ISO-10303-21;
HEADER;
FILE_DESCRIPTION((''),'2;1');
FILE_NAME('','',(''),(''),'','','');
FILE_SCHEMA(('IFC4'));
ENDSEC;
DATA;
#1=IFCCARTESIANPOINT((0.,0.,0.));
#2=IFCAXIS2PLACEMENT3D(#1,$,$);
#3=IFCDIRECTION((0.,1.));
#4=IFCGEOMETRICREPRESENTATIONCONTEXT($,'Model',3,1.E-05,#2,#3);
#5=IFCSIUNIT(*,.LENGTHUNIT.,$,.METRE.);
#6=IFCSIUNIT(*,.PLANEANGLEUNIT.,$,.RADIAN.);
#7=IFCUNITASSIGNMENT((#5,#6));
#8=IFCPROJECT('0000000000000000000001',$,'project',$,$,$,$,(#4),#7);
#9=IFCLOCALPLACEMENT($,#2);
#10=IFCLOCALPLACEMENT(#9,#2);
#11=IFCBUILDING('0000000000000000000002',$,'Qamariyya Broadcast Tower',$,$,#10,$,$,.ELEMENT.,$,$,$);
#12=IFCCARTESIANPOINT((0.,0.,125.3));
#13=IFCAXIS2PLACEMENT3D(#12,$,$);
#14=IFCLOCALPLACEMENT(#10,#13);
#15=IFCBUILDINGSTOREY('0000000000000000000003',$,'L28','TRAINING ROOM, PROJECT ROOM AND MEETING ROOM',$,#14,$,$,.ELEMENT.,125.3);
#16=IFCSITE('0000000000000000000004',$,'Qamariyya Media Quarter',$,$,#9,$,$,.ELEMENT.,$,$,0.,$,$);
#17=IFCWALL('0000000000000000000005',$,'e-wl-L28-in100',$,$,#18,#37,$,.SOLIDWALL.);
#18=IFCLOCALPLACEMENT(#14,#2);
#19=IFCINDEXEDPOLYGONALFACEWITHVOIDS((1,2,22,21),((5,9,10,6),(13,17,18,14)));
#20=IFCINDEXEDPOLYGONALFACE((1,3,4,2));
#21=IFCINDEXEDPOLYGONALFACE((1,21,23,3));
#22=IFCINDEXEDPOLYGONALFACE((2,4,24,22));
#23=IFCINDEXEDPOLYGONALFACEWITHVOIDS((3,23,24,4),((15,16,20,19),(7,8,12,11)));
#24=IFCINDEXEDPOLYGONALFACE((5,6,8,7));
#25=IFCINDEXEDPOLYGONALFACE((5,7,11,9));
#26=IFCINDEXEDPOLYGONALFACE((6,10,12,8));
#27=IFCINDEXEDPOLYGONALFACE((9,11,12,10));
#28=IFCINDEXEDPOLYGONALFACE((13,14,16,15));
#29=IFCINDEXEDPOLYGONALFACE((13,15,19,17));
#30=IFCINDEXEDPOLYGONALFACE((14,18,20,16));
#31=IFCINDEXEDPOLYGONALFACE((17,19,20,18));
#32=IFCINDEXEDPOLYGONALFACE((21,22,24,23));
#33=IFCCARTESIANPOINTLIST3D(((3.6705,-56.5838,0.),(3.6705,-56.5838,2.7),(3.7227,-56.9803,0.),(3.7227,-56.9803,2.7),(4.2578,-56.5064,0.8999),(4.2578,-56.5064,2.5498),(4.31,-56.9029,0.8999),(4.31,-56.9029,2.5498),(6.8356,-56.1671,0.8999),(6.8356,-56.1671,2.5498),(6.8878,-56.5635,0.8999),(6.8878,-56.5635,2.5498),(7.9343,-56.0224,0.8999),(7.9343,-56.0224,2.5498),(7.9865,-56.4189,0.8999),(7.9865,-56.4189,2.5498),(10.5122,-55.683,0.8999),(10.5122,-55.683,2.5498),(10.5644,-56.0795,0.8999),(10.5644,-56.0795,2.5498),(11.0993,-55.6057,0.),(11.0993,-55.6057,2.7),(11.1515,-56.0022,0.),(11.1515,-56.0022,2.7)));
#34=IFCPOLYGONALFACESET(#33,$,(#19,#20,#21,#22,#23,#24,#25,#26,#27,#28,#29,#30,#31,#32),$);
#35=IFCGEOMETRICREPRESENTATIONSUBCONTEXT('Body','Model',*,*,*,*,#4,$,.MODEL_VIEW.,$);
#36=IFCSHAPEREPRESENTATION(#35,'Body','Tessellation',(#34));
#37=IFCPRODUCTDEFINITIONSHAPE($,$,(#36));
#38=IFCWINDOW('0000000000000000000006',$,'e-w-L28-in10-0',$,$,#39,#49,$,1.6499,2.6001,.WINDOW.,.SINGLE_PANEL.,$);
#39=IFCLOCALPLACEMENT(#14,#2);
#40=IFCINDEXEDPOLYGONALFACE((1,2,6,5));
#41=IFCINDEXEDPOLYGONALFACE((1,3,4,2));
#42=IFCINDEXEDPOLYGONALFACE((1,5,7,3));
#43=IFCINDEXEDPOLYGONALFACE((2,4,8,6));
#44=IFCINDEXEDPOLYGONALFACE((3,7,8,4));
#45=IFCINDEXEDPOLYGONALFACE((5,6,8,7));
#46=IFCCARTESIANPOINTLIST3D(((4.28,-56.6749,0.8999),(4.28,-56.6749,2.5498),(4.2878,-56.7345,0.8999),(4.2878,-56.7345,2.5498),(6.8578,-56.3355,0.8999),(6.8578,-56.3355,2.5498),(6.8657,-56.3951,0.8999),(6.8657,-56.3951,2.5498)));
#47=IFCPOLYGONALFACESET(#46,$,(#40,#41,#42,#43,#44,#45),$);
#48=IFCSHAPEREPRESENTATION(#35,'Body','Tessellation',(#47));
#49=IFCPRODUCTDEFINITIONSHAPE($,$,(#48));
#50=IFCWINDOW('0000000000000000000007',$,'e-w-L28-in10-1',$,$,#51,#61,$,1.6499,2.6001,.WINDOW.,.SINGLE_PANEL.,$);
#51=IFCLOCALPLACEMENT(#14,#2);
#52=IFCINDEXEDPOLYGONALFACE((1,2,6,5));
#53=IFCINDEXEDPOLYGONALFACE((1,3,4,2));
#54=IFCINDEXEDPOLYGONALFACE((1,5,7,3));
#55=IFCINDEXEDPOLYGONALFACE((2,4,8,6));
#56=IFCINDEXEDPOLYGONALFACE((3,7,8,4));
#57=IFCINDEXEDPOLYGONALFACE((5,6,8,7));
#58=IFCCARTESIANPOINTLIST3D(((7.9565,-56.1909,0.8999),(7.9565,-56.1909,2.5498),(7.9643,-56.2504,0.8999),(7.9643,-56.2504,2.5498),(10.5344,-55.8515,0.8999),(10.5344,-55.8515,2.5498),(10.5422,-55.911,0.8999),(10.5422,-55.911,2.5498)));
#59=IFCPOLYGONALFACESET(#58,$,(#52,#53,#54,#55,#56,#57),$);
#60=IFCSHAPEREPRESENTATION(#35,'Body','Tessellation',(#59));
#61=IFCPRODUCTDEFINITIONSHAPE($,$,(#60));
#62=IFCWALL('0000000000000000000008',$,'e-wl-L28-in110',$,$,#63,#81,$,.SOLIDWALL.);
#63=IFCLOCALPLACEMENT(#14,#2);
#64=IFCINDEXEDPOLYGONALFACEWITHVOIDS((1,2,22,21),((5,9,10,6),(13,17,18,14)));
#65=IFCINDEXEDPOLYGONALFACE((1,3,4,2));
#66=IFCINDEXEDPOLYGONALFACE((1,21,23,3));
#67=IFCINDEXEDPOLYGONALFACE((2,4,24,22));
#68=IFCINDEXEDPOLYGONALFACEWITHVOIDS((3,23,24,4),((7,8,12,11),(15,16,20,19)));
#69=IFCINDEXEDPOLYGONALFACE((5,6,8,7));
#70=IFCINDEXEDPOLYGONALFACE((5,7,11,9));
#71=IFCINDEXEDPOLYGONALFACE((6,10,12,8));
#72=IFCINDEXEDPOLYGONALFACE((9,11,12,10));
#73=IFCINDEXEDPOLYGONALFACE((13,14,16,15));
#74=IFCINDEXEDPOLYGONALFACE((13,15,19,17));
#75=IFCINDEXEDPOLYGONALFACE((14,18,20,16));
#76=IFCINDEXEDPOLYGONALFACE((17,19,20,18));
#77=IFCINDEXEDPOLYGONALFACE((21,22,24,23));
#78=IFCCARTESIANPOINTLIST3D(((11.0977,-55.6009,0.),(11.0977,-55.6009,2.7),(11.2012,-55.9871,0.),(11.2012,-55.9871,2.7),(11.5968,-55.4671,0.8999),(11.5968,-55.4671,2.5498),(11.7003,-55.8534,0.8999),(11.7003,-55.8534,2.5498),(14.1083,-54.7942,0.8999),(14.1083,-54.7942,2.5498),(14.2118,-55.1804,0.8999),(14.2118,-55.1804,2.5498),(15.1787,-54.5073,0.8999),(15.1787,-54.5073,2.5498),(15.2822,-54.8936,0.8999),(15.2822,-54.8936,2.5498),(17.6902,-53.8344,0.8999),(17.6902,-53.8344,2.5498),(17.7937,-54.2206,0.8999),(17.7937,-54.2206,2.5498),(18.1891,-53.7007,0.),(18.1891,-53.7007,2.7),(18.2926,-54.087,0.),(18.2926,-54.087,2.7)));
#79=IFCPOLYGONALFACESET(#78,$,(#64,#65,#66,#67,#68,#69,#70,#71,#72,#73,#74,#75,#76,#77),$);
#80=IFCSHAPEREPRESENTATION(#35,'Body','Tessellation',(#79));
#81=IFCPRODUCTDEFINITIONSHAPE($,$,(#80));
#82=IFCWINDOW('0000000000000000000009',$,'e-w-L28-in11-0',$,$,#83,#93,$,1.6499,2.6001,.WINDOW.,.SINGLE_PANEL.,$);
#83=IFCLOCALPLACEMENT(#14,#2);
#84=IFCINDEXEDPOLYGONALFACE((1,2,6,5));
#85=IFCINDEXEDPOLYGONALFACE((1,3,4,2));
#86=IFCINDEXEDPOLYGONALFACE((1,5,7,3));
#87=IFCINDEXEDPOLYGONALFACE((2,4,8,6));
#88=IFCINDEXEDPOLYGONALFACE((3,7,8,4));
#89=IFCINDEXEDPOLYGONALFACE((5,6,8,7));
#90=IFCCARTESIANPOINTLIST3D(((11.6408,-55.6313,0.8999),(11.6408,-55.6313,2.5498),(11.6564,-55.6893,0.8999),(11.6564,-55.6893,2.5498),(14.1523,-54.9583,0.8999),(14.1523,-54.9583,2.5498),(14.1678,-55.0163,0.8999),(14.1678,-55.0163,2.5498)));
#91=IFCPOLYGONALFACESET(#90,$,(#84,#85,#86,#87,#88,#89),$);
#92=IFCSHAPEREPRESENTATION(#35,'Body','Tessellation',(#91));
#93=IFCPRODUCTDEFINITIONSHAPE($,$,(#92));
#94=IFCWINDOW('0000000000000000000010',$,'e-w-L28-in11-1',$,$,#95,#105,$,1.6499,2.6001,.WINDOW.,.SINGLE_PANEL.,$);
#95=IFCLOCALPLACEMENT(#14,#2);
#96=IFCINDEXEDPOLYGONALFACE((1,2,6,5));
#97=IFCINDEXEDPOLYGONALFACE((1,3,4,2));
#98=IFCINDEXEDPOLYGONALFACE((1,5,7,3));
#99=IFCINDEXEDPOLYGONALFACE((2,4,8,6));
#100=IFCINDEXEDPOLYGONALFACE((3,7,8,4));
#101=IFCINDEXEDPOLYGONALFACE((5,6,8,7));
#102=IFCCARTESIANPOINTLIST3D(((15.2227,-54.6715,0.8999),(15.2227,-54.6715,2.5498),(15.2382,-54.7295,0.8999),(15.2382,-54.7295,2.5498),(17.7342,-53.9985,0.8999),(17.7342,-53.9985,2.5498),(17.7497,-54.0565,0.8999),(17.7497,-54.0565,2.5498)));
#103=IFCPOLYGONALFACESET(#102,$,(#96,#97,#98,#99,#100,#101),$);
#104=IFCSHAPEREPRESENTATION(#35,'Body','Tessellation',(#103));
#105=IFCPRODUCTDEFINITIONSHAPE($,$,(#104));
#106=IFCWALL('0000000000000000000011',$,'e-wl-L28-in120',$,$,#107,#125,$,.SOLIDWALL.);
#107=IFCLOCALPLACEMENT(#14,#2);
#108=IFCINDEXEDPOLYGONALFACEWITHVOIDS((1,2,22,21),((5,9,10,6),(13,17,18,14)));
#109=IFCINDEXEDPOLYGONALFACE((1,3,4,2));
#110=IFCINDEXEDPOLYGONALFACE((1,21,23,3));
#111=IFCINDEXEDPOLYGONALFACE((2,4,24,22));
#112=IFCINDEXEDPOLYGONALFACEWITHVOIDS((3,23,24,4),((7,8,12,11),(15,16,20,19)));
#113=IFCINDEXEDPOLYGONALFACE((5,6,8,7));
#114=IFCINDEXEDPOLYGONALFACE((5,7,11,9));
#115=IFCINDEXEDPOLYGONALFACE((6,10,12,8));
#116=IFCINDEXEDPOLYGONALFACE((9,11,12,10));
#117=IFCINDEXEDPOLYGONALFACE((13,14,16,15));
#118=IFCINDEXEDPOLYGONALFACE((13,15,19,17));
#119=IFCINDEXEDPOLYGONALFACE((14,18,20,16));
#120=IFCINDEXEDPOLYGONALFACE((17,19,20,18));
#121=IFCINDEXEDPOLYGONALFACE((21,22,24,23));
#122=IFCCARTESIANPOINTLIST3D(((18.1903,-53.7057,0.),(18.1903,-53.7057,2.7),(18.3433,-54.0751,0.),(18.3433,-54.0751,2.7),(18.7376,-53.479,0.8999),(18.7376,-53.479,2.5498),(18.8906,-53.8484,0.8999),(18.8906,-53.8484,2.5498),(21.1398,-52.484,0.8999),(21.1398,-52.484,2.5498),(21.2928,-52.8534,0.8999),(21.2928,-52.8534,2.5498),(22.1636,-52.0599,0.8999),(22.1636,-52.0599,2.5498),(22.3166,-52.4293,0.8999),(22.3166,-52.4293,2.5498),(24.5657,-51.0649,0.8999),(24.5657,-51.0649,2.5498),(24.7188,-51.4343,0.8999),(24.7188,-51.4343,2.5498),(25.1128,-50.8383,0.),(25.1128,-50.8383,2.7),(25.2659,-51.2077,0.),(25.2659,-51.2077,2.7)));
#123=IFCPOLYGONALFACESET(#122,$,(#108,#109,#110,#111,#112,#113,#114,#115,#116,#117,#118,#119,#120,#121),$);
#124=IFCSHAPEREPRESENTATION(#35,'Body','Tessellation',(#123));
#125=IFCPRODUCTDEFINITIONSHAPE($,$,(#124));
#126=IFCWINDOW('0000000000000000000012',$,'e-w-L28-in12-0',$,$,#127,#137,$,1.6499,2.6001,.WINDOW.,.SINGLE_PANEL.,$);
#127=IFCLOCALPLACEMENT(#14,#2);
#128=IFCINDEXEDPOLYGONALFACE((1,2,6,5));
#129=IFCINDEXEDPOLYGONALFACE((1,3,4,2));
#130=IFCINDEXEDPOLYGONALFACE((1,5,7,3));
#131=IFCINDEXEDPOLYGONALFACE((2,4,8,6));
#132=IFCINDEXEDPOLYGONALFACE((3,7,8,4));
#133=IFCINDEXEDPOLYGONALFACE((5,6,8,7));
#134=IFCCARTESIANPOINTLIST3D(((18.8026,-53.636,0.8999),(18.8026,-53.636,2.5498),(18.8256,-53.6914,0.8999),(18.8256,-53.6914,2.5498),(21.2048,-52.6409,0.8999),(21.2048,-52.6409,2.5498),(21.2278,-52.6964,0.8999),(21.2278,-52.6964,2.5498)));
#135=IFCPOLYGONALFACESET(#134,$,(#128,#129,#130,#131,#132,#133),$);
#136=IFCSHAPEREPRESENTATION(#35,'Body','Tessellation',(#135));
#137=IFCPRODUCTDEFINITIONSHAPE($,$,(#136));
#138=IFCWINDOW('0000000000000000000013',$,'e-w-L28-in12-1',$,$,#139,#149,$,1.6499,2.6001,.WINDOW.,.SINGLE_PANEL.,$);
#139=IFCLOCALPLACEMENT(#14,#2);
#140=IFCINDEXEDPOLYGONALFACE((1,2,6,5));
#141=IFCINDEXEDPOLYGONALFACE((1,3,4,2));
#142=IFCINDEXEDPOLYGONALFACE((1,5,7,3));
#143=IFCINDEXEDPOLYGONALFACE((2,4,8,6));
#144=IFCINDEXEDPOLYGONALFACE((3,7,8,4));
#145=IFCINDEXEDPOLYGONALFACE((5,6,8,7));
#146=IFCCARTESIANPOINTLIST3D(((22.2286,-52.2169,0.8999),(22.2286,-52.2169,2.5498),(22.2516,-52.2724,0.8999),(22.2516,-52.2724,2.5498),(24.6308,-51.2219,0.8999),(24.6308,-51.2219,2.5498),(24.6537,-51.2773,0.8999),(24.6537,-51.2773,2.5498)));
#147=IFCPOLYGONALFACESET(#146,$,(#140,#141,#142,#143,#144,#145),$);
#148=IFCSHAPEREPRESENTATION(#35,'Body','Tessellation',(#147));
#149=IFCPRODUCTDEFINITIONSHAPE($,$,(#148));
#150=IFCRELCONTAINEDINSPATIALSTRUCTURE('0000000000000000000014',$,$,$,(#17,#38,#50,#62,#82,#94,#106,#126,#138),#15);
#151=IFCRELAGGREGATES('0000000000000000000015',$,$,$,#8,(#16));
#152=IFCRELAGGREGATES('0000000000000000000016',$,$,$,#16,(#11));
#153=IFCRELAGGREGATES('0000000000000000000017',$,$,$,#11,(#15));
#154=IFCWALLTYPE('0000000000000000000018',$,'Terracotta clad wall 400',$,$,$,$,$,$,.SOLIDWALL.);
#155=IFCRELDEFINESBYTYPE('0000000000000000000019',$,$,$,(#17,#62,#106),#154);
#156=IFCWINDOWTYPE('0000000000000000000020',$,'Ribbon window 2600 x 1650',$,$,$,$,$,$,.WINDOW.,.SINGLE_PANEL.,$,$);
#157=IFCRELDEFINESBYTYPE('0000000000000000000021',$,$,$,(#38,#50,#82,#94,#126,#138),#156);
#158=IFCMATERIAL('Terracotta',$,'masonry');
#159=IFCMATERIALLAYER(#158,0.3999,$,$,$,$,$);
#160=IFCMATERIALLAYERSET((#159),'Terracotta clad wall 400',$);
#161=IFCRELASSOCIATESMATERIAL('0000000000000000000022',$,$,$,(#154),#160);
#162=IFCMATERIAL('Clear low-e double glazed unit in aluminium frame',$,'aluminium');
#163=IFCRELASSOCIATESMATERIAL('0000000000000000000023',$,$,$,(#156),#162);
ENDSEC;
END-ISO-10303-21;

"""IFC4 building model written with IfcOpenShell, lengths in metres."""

from ifc_helpers import new_model, si_unit, direction, frame, frame_2d, origin, place, context, subcontext, project, spatial, rectangle, extrude, material, layer, layer_set, type_object, element, fill, save


model = new_model("IFC4")

# Units and contexts
model_context = context("Model", 3, precision=1e-05, world=origin(), true_north=direction((0.0, 1.0)))
body_context = subcontext(model_context, "Body", "Model", "MODEL_VIEW")
ifc_project = project(units=[si_unit("LENGTHUNIT", "METRE"), si_unit("PLANEANGLEUNIT", "RADIAN")], contexts=[model_context])

# Site, building, storey
site_placement = place(None, origin())
site = spatial("IfcSite", under=ifc_project, at=site_placement, Name="Qamariyya Media Quarter", CompositionType="ELEMENT", RefElevation=0.0)
building_placement = place(site_placement, origin())
building = spatial("IfcBuilding", under=site, at=building_placement, Name="Qamariyya Broadcast Tower", CompositionType="ELEMENT")
storey_placement = place(building_placement, frame((0.0, 0.0, 125.3)))
storey = spatial("IfcBuildingStorey", under=building, at=storey_placement, Name="L28", Description="TRAINING ROOM, PROJECT ROOM AND MEETING ROOM", CompositionType="ELEMENT", Elevation=125.3)

# Walls, openings, windows
ifc_material_1 = material(Name="Terracotta", Category="masonry")
ifc_layer_1 = layer(ifc_material_1, 0.3999)
ifc_layer_set_1 = layer_set([ifc_layer_1], Name="Terracotta clad wall 400")
wall_type_1 = type_object("IfcWallType", Name="Terracotta clad wall 400", PredefinedType="SOLIDWALL", material=ifc_layer_set_1)
wall_1_placement = place(storey_placement, frame((11.1255, -55.804, 0.0), z_axis=(0.0, 0.0, 1.0), x_axis=(-0.991445, -0.130529, 0.0)))
wall_1 = element("IfcWall", 1, at=wall_1_placement, inside=storey, type_object=wall_type_1, Name="e-wl-L28-in100", PredefinedType="SOLIDWALL", context=body_context, shape_type="SweptSolid", body=[
    extrude(rectangle(XDim=7.4929, YDim=0.3999, at=frame_2d((3.7466, 0.0))), origin(), (0.0, 0.0, 1.0), 2.7),
])
opening_1_placement = place(wall_1_placement, frame((4.3005, 0.0, 0.8999)))
opening_1 = element("IfcOpeningElement", 2, at=opening_1_placement, cuts=wall_1, PredefinedType="OPENING", context=body_context, shape_type="SweptSolid", body=[
    extrude(rectangle(XDim=2.6001, YDim=1.6499, at=frame_2d((1.3, 0.825))), frame((0.0, 0.21, 0.0), z_axis=(0.0, -1.0, 0.0), x_axis=(1.0, 0.0, 0.0)), (0.0, 0.0, 1.0), 0.4199),
])
opening_2_placement = place(wall_1_placement, frame((0.5923, 0.0, 0.8999)))
opening_2 = element("IfcOpeningElement", 3, at=opening_2_placement, cuts=wall_1, PredefinedType="OPENING", context=body_context, shape_type="SweptSolid", body=[
    extrude(rectangle(XDim=2.6001, YDim=1.6499, at=frame_2d((1.3, 0.825))), frame((0.0, 0.21, 0.0), z_axis=(0.0, -1.0, 0.0), x_axis=(1.0, 0.0, 0.0)), (0.0, 0.0, 1.0), 0.4199),
])
ifc_material_2 = material(Name="Clear low-e double glazed unit in aluminium frame", Category="aluminium")
window_type = type_object("IfcWindowType", Name="Ribbon window 2600 x 1650", PartitioningType="SINGLE_PANEL", PredefinedType="WINDOW", material=ifc_material_2)
window_1_placement = place(opening_1_placement, origin())
window_1 = element("IfcWindow", 4, at=window_1_placement, inside=storey, type_object=window_type, Name="e-w-L28-in10-0", OverallHeight=1.6499, OverallWidth=2.6001, PartitioningType="SINGLE_PANEL", PredefinedType="WINDOW", context=body_context, shape_type="SweptSolid", body=[
    extrude(rectangle(XDim=2.6001, YDim=1.6499, at=frame_2d((1.3, 0.825))), frame((0.0, 0.03, 0.0), z_axis=(0.0, -1.0, 0.0), x_axis=(1.0, 0.0, 0.0)), (0.0, 0.0, 1.0), 0.0601),
])
fill(opening_1, window_1)
window_2_placement = place(opening_2_placement, origin())
window_2 = element("IfcWindow", 5, at=window_2_placement, inside=storey, type_object=window_type, Name="e-w-L28-in10-1", OverallHeight=1.6499, OverallWidth=2.6001, PartitioningType="SINGLE_PANEL", PredefinedType="WINDOW", context=body_context, shape_type="SweptSolid", body=[
    extrude(rectangle(XDim=2.6001, YDim=1.6499, at=frame_2d((1.3, 0.825))), frame((0.0, 0.03, 0.0), z_axis=(0.0, -1.0, 0.0), x_axis=(1.0, 0.0, 0.0)), (0.0, 0.0, 1.0), 0.0601),
])
fill(opening_2, window_2)
wall_2_placement = place(storey_placement, frame((18.241, -53.8938, 0.0), z_axis=(0.0, 0.0, 1.0), x_axis=(-0.965925, -0.258824, 0.0)))
wall_2 = element("IfcWall", 6, at=wall_2_placement, inside=storey, type_object=wall_type_1, Name="e-wl-L28-in110", PredefinedType="SOLIDWALL", context=body_context, shape_type="SweptSolid", body=[
    extrude(rectangle(XDim=7.3416, YDim=0.3999, at=frame_2d((3.6709, 0.0))), origin(), (0.0, 0.0, 1.0), 2.7),
])
opening_3_placement = place(wall_2_placement, frame((4.2249, 0.0, 0.8999)))
opening_3 = element("IfcOpeningElement", 7, at=opening_3_placement, cuts=wall_2, PredefinedType="OPENING", context=body_context, shape_type="SweptSolid", body=[
    extrude(rectangle(XDim=2.6001, YDim=1.6499, at=frame_2d((1.3, 0.825))), frame((0.0, 0.21, 0.0), z_axis=(0.0, -1.0, 0.0), x_axis=(1.0, 0.0, 0.0)), (0.0, 0.0, 1.0), 0.4199),
])
opening_4_placement = place(wall_2_placement, frame((0.5166, 0.0, 0.8999)))
opening_4 = element("IfcOpeningElement", 8, at=opening_4_placement, cuts=wall_2, PredefinedType="OPENING", context=body_context, shape_type="SweptSolid", body=[
    extrude(rectangle(XDim=2.6001, YDim=1.6499, at=frame_2d((1.3, 0.825))), frame((0.0, 0.21, 0.0), z_axis=(0.0, -1.0, 0.0), x_axis=(1.0, 0.0, 0.0)), (0.0, 0.0, 1.0), 0.4199),
])
window_3_placement = place(opening_3_placement, origin())
window_3 = element("IfcWindow", 9, at=window_3_placement, inside=storey, type_object=window_type, Name="e-w-L28-in11-0", OverallHeight=1.6499, OverallWidth=2.6001, PartitioningType="SINGLE_PANEL", PredefinedType="WINDOW", context=body_context, shape_type="SweptSolid", body=[
    extrude(rectangle(XDim=2.6001, YDim=1.6499, at=frame_2d((1.3, 0.825))), frame((0.0, 0.03, 0.0), z_axis=(0.0, -1.0, 0.0), x_axis=(1.0, 0.0, 0.0)), (0.0, 0.0, 1.0), 0.0601),
])
fill(opening_3, window_3)
window_4_placement = place(opening_4_placement, origin())
window_4 = element("IfcWindow", 10, at=window_4_placement, inside=storey, type_object=window_type, Name="e-w-L28-in11-1", OverallHeight=1.6499, OverallWidth=2.6001, PartitioningType="SINGLE_PANEL", PredefinedType="WINDOW", context=body_context, shape_type="SweptSolid", body=[
    extrude(rectangle(XDim=2.6001, YDim=1.6499, at=frame_2d((1.3, 0.825))), frame((0.0, 0.03, 0.0), z_axis=(0.0, -1.0, 0.0), x_axis=(1.0, 0.0, 0.0)), (0.0, 0.0, 1.0), 0.0601),
])
fill(opening_4, window_4)
wall_3_placement = place(storey_placement, frame((25.1895, -51.0229, 0.0), z_axis=(0.0, 0.0, 1.0), x_axis=(-0.92388, -0.382683, 0.0)))
wall_3 = element("IfcWall", 11, at=wall_3_placement, inside=storey, type_object=wall_type_1, Name="e-wl-L28-in120", PredefinedType="SOLIDWALL", context=body_context, shape_type="SweptSolid", body=[
    extrude(rectangle(XDim=7.4929, YDim=0.3999, at=frame_2d((3.7466, 0.0))), origin(), (0.0, 0.0, 1.0), 2.7),
])
opening_5_placement = place(wall_3_placement, frame((4.3005, 0.0, 0.8999)))
opening_5 = element("IfcOpeningElement", 12, at=opening_5_placement, cuts=wall_3, PredefinedType="OPENING", context=body_context, shape_type="SweptSolid", body=[
    extrude(rectangle(XDim=2.6001, YDim=1.6499, at=frame_2d((1.3, 0.825))), frame((0.0, 0.21, 0.0), z_axis=(0.0, -1.0, 0.0), x_axis=(1.0, 0.0, 0.0)), (0.0, 0.0, 1.0), 0.4199),
])
opening_6_placement = place(wall_3_placement, frame((0.5923, 0.0, 0.8999)))
opening_6 = element("IfcOpeningElement", 13, at=opening_6_placement, cuts=wall_3, PredefinedType="OPENING", context=body_context, shape_type="SweptSolid", body=[
    extrude(rectangle(XDim=2.6001, YDim=1.6499, at=frame_2d((1.3, 0.825))), frame((0.0, 0.21, 0.0), z_axis=(0.0, -1.0, 0.0), x_axis=(1.0, 0.0, 0.0)), (0.0, 0.0, 1.0), 0.4199),
])
window_5_placement = place(opening_5_placement, origin())
window_5 = element("IfcWindow", 14, at=window_5_placement, inside=storey, type_object=window_type, Name="e-w-L28-in12-0", OverallHeight=1.6499, OverallWidth=2.6001, PartitioningType="SINGLE_PANEL", PredefinedType="WINDOW", context=body_context, shape_type="SweptSolid", body=[
    extrude(rectangle(XDim=2.6001, YDim=1.6499, at=frame_2d((1.3, 0.825))), frame((0.0, 0.03, 0.0), z_axis=(0.0, -1.0, 0.0), x_axis=(1.0, 0.0, 0.0)), (0.0, 0.0, 1.0), 0.0601),
])
fill(opening_5, window_5)
window_6_placement = place(opening_6_placement, origin())
window_6 = element("IfcWindow", 15, at=window_6_placement, inside=storey, type_object=window_type, Name="e-w-L28-in12-1", OverallHeight=1.6499, OverallWidth=2.6001, PartitioningType="SINGLE_PANEL", PredefinedType="WINDOW", context=body_context, shape_type="SweptSolid", body=[
    extrude(rectangle(XDim=2.6001, YDim=1.6499, at=frame_2d((1.3, 0.825))), frame((0.0, 0.03, 0.0), z_axis=(0.0, -1.0, 0.0), x_axis=(1.0, 0.0, 0.0)), (0.0, 0.0, 1.0), 0.0601),
])
fill(opening_6, window_6)

save(model, "model.ifc")
